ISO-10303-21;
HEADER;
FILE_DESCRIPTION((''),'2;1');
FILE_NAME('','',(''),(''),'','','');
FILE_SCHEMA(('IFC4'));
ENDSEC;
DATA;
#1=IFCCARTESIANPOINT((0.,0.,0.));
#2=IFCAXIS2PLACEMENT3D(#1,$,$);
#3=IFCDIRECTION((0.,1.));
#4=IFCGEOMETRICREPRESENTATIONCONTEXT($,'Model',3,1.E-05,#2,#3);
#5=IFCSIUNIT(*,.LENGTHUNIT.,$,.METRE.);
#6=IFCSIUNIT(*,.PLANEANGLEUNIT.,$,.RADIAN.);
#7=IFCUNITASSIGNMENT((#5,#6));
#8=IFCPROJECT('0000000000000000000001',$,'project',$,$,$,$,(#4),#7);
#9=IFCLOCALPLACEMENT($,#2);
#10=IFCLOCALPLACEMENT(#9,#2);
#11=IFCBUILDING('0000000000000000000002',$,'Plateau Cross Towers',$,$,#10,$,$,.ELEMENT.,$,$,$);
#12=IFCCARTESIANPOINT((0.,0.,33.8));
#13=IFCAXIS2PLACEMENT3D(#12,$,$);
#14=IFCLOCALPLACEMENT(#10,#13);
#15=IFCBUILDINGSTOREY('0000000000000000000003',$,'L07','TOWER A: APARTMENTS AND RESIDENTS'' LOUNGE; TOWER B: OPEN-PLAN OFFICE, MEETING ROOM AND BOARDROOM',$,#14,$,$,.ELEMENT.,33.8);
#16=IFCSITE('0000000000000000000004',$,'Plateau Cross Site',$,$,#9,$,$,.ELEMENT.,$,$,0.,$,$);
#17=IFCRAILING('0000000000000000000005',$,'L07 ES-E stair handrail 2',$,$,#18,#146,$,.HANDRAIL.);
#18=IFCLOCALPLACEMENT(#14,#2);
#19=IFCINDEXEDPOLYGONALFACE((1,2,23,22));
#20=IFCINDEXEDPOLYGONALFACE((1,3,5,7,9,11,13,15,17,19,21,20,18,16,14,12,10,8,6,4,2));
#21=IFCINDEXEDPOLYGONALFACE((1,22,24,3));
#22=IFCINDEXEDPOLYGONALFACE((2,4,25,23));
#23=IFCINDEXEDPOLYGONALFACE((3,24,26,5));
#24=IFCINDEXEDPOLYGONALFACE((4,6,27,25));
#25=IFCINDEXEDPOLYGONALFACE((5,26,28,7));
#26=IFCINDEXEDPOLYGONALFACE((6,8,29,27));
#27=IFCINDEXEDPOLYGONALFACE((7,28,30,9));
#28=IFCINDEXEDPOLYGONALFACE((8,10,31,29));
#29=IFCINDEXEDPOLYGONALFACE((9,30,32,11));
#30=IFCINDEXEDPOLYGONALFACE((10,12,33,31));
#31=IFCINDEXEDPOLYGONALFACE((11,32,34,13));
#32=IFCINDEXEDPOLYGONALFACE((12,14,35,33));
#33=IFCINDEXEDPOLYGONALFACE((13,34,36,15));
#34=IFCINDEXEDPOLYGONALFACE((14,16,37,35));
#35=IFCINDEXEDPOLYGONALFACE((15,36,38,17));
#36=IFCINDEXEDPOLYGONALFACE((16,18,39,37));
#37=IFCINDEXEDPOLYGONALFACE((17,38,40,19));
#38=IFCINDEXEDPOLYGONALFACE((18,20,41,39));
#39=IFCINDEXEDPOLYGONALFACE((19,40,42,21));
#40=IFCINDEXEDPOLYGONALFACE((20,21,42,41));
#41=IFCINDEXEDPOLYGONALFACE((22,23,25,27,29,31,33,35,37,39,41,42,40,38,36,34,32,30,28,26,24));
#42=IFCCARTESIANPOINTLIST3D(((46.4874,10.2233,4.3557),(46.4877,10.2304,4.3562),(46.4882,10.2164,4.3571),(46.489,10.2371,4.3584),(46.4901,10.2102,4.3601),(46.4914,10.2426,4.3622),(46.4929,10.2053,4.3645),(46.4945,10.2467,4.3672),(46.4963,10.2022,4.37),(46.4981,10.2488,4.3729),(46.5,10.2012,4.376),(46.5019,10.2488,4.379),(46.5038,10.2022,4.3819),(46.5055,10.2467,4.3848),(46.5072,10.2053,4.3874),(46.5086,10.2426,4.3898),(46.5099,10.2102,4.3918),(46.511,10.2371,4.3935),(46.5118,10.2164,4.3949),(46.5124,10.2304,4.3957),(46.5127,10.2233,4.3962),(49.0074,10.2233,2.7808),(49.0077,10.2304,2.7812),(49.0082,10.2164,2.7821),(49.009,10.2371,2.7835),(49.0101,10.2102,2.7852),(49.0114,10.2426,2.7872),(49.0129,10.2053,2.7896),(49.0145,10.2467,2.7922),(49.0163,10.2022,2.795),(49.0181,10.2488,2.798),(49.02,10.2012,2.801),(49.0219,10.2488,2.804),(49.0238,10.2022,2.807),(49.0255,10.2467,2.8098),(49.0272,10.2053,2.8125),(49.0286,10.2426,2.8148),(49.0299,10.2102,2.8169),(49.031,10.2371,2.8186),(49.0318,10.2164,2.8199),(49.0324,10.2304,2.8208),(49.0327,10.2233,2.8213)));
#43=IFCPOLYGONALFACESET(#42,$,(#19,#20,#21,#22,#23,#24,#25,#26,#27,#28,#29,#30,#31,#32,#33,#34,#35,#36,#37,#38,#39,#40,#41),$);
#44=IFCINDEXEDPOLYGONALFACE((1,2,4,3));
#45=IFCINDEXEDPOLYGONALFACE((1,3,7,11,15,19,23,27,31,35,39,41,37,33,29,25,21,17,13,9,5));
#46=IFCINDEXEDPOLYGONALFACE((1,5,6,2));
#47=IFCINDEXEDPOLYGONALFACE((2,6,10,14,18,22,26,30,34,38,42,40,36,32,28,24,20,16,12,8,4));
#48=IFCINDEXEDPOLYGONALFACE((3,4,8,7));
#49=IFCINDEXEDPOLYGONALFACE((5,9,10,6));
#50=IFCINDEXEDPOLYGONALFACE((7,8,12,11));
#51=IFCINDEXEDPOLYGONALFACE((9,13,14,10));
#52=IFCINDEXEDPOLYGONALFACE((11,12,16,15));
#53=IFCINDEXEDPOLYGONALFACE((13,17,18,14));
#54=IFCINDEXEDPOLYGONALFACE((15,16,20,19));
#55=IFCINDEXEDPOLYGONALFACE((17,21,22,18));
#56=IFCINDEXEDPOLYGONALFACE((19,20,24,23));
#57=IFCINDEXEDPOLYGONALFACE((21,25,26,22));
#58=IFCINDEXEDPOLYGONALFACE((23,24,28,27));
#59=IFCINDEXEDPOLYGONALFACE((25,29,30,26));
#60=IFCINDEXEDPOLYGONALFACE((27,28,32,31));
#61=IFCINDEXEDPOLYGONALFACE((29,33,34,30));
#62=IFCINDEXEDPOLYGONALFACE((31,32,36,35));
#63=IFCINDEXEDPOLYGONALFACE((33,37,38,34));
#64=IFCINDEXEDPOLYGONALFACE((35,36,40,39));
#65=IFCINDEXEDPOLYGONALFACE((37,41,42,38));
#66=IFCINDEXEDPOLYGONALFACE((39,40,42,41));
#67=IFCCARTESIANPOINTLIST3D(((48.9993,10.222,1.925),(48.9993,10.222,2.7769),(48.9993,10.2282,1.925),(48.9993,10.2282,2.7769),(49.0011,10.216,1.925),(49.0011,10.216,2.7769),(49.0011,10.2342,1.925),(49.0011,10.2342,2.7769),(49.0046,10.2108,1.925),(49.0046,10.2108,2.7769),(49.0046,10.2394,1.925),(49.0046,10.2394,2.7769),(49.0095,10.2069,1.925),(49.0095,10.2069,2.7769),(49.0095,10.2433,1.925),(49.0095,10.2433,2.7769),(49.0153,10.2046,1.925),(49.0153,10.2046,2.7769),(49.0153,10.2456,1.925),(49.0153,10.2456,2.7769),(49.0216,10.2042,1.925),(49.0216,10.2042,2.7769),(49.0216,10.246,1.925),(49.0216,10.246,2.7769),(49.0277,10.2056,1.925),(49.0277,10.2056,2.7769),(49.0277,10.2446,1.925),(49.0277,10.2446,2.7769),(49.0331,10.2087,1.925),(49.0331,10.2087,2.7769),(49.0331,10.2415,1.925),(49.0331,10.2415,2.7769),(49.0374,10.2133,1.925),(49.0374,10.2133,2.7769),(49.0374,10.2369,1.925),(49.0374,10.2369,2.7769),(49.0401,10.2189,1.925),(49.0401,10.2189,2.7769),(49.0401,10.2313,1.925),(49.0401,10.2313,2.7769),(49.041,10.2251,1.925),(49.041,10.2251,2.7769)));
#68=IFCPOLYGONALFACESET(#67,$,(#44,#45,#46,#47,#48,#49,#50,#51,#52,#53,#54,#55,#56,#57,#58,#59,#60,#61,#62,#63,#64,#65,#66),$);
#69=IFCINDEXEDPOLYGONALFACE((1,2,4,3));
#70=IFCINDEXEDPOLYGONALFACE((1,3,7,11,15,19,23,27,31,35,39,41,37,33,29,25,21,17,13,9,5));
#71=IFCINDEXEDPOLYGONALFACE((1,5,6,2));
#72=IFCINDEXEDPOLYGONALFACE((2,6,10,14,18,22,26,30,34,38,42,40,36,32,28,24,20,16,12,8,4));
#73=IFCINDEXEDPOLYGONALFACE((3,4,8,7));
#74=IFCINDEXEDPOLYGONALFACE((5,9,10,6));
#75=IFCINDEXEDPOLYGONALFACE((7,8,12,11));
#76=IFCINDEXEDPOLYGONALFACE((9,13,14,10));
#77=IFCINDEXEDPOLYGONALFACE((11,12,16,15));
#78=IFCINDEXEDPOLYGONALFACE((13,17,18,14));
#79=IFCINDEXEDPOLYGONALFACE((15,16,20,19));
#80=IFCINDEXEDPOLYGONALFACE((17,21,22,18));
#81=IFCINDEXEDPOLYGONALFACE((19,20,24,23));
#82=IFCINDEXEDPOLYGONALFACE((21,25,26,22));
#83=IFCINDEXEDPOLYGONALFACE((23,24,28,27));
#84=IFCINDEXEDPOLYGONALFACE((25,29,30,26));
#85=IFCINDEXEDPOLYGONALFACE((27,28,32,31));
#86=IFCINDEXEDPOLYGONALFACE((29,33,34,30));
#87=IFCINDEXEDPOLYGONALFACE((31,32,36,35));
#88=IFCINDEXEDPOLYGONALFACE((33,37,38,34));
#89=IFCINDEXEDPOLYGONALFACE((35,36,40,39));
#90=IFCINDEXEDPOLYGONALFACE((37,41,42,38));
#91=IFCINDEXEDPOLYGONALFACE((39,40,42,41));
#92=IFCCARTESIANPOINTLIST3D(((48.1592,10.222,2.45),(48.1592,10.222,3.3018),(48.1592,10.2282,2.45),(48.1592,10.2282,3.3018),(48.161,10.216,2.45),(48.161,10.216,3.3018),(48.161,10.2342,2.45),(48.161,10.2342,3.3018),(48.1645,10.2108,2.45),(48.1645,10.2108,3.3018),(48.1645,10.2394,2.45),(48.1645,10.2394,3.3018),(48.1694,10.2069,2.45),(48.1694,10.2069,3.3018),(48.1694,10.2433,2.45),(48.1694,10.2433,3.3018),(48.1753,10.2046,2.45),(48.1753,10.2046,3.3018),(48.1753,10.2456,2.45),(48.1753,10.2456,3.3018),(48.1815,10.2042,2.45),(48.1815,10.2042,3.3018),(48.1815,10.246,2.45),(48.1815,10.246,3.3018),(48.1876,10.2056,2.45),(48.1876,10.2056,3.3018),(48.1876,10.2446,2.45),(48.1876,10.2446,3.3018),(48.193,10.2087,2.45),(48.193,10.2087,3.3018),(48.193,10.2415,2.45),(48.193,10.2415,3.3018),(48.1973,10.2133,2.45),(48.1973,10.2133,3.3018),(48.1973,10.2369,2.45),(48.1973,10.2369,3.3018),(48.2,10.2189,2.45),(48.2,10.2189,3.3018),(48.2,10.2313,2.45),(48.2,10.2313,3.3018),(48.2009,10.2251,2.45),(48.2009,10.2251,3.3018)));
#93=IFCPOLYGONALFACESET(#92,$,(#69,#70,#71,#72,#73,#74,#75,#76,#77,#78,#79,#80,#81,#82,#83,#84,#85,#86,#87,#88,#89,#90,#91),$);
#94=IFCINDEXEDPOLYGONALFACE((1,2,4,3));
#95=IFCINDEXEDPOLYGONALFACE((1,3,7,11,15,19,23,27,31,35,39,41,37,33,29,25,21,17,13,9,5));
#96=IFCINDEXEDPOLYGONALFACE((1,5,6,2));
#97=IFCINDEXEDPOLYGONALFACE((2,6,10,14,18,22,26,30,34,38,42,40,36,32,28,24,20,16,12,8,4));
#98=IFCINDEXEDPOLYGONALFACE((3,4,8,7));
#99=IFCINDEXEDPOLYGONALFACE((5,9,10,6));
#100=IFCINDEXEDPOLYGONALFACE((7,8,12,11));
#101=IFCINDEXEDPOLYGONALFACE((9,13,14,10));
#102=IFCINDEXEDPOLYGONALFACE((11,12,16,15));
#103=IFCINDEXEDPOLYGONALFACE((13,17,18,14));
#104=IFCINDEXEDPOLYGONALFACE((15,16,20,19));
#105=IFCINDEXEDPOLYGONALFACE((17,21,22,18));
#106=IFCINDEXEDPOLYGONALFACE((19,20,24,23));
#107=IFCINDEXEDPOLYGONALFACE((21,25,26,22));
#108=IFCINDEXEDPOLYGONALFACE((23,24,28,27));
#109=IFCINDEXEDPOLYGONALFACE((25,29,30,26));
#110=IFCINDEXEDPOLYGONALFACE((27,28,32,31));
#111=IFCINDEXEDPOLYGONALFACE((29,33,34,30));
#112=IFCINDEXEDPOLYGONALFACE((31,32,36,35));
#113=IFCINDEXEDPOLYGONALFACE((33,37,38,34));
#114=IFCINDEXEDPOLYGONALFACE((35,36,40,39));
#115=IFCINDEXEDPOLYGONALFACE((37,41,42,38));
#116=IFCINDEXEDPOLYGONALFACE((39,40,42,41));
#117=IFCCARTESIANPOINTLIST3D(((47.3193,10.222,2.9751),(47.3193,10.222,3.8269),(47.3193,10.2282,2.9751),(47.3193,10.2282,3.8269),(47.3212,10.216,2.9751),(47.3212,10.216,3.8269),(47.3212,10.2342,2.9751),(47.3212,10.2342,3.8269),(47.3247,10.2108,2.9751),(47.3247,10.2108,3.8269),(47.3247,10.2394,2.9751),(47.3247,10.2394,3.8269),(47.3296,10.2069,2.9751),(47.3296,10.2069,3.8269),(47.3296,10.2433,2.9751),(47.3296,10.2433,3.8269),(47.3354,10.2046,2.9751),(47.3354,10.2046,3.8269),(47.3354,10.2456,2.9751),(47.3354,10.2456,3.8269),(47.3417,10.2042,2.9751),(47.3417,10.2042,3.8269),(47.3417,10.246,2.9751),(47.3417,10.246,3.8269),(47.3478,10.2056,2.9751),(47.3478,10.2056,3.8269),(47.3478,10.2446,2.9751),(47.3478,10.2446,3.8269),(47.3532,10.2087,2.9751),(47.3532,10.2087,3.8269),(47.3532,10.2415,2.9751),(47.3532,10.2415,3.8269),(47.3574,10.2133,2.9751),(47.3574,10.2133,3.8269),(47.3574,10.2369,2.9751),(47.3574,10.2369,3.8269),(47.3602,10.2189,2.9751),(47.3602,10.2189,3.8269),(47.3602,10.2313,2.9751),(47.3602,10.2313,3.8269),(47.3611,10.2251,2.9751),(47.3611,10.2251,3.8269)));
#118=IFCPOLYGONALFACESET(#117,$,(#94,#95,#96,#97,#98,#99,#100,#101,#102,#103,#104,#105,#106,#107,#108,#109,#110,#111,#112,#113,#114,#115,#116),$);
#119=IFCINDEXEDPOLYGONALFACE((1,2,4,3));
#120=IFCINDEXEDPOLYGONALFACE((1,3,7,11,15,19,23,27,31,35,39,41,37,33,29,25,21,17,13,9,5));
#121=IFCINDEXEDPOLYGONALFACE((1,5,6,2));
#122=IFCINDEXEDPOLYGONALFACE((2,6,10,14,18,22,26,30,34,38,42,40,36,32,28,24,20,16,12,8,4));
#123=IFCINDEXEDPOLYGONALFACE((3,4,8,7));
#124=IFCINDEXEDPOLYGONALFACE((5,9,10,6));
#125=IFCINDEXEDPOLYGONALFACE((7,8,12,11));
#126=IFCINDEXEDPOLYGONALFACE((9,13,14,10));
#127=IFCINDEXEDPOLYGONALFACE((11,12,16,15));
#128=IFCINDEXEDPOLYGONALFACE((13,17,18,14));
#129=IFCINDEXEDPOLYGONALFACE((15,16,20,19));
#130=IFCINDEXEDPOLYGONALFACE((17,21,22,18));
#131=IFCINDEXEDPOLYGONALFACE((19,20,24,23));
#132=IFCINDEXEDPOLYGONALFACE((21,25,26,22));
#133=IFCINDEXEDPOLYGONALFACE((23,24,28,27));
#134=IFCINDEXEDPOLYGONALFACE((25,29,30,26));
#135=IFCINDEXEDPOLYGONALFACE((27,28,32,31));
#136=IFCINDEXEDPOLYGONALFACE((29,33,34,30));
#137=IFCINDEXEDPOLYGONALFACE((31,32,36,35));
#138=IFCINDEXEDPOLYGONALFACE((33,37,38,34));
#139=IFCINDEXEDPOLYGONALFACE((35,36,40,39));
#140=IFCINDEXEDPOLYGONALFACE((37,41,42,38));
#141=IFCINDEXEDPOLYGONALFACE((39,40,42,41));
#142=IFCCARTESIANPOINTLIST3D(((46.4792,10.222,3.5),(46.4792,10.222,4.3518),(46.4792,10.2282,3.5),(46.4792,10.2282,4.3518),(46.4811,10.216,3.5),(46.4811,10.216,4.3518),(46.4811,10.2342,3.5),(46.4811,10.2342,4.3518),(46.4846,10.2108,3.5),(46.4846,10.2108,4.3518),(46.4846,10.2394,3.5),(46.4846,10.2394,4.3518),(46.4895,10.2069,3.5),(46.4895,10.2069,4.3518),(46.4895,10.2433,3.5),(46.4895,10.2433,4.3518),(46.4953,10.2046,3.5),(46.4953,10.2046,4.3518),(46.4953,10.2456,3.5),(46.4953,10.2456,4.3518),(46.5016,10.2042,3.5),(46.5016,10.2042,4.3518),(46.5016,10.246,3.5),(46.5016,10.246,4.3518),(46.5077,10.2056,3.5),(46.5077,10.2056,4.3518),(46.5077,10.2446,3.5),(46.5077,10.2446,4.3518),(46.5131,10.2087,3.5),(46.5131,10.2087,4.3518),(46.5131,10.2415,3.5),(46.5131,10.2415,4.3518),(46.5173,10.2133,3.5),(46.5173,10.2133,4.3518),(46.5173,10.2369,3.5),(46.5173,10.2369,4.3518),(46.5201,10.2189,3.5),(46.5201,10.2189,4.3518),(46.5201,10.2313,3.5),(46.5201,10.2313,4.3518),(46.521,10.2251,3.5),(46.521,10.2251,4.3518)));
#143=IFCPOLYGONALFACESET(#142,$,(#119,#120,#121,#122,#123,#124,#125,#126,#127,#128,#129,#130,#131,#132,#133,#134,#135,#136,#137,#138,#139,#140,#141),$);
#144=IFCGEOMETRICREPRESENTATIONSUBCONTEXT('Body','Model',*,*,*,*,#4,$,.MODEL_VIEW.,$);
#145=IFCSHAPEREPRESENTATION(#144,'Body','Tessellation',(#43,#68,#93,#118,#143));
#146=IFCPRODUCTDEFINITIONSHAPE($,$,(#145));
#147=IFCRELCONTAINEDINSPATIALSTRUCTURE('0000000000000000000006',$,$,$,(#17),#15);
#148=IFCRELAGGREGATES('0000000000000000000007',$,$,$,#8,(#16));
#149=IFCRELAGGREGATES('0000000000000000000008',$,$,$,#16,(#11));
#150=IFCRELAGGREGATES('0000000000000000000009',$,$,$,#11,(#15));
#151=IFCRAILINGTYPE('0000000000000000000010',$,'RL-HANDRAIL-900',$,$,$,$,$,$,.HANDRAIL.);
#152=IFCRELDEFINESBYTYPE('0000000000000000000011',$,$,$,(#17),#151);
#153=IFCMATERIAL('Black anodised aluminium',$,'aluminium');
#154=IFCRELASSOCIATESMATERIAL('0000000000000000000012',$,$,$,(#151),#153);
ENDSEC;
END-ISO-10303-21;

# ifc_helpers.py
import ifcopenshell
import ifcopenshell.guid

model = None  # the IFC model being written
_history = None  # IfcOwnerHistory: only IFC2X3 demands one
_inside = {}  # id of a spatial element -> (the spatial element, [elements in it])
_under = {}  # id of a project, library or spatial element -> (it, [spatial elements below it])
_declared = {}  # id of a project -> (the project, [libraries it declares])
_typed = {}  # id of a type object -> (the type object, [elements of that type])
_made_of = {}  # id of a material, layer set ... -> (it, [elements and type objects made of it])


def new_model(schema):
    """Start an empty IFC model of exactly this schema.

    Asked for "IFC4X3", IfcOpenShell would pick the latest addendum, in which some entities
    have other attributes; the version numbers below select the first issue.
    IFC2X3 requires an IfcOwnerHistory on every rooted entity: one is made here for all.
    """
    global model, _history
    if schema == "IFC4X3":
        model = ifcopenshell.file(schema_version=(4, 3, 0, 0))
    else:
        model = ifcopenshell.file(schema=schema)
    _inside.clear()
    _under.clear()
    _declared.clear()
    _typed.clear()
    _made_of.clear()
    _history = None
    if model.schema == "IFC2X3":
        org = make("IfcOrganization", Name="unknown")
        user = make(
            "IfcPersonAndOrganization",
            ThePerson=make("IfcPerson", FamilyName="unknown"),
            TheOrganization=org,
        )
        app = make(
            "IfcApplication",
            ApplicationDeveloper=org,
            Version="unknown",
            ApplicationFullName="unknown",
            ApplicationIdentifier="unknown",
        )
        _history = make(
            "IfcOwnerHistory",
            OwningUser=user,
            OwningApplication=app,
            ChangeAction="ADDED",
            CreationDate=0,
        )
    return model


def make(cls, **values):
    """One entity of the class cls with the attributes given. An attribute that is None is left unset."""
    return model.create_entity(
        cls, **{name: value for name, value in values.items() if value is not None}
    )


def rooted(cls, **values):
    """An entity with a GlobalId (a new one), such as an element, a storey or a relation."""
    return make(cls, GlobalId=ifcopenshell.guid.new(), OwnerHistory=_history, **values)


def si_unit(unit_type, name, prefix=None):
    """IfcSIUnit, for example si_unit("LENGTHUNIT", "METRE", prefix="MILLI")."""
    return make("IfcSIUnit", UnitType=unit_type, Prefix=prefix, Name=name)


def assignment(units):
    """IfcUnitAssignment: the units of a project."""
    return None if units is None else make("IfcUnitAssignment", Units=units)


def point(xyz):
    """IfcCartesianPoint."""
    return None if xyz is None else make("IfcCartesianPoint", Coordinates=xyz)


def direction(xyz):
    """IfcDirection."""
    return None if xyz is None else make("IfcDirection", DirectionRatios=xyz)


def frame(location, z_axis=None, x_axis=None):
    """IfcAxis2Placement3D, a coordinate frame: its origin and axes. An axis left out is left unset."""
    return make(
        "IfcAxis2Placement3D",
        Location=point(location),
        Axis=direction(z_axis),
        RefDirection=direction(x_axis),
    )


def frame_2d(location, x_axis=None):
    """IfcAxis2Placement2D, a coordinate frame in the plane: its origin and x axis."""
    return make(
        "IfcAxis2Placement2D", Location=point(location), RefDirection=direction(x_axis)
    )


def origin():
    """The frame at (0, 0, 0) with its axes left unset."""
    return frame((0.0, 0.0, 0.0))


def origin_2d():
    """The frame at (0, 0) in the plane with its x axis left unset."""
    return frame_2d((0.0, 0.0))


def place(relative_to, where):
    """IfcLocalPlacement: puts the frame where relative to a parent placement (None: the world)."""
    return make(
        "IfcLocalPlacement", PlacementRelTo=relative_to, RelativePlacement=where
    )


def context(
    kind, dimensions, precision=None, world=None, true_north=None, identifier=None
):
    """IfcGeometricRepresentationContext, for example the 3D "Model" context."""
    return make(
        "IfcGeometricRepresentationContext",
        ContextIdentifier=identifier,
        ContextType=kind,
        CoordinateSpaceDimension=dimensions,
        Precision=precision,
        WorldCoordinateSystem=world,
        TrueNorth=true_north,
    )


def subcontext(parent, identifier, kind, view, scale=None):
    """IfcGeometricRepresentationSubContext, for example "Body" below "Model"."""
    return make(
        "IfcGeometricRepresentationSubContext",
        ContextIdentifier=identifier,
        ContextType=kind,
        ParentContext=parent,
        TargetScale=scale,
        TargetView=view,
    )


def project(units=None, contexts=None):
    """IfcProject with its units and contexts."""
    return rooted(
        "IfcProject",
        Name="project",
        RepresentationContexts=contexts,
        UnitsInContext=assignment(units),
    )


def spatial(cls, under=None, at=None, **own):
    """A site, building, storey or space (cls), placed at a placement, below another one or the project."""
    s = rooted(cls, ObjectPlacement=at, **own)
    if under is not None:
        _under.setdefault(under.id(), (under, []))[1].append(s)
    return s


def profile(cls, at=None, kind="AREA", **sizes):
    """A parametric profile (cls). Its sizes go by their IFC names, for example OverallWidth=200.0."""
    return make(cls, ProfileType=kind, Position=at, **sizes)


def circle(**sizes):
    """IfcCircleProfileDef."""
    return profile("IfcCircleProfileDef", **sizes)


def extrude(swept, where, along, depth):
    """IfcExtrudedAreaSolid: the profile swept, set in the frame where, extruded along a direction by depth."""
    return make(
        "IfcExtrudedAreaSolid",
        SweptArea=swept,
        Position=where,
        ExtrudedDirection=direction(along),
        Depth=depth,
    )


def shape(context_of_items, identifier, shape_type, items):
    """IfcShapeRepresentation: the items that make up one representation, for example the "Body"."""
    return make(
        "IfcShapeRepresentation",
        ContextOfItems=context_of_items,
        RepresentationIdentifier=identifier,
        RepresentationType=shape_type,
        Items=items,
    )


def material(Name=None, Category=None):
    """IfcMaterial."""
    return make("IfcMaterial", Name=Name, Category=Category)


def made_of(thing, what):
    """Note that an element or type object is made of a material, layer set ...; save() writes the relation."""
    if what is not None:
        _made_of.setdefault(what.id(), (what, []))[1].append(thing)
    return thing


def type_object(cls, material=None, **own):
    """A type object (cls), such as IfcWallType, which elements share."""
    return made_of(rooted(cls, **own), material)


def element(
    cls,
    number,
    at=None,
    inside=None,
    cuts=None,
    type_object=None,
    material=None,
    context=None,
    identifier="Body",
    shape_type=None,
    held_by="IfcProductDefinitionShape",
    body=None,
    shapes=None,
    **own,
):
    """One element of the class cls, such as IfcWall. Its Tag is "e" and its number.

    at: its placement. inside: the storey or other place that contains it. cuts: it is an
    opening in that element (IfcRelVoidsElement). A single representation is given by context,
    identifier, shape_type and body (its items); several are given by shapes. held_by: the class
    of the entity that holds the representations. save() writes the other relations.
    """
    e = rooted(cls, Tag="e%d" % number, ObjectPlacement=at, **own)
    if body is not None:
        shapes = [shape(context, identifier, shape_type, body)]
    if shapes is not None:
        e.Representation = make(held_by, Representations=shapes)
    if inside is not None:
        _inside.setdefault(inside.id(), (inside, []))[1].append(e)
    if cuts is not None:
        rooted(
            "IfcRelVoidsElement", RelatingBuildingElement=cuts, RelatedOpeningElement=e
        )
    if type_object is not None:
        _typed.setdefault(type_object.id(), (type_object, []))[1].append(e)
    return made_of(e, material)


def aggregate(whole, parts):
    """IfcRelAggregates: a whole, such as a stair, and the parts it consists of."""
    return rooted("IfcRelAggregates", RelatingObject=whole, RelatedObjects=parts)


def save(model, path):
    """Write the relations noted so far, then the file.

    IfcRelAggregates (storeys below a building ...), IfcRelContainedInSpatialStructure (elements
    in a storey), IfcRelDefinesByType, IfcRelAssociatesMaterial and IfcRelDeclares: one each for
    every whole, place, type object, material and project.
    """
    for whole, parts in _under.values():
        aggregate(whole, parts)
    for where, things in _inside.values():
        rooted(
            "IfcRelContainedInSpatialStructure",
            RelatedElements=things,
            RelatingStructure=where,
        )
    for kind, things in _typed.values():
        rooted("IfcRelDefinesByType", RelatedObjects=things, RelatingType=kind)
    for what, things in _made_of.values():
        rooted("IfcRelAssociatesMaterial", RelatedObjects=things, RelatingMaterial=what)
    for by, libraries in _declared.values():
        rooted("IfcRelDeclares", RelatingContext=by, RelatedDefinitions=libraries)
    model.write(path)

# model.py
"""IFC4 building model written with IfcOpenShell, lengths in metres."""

from ifc_helpers import new_model, si_unit, direction, frame, origin, origin_2d, place, context, subcontext, project, spatial, circle, extrude, material, type_object, element, save


model = new_model("IFC4")

# Units and contexts
model_context = context("Model", 3, precision=1e-05, world=origin(), true_north=direction((0.0, 1.0)))
body_context = subcontext(model_context, "Body", "Model", "MODEL_VIEW")
ifc_project = project(units=[si_unit("LENGTHUNIT", "METRE"), si_unit("PLANEANGLEUNIT", "RADIAN")], contexts=[model_context])

# Site, building, storey
site_placement = place(None, origin())
site = spatial("IfcSite", under=ifc_project, at=site_placement, Name="Plateau Cross Site", CompositionType="ELEMENT", RefElevation=0.0)
building_placement = place(site_placement, origin())
building = spatial("IfcBuilding", under=site, at=building_placement, Name="Plateau Cross Towers", CompositionType="ELEMENT")
storey_placement = place(building_placement, frame((0.0, 0.0, 33.8)))
storey = spatial("IfcBuildingStorey", under=building, at=storey_placement, Name="L07", Description="TOWER A: APARTMENTS AND RESIDENTS' LOUNGE; TOWER B: OPEN-PLAN OFFICE, MEETING ROOM AND BOARDROOM", CompositionType="ELEMENT", Elevation=33.8)

# Shared definitions
ifc_material_1 = material(Name="Black anodised aluminium", Category="aluminium")

# Railing
railing_type_1 = type_object("IfcRailingType", Name="RL-HANDRAIL-900", PredefinedType="HANDRAIL", material=ifc_material_1)
railing_1_placement = place(storey_placement, frame((49.02, 10.2251, 1.925)))
element("IfcRailing", 1, at=railing_1_placement, inside=storey, type_object=railing_type_1, Name="L07 ES-E stair handrail 2", PredefinedType="HANDRAIL", context=body_context, shape_type="SweptSolid", body=[
    extrude(circle(Radius=0.0239, at=origin_2d()), frame((0.0, 0.0, 0.876), z_axis=(-0.848008, 0.0, 0.529984), x_axis=(0.0, -1.0, 0.0)), (0.0, 0.0, 1.0), 2.9717),
    extrude(circle(Radius=0.021, at=origin_2d()), origin(), (0.0, 0.0, 1.0), 0.8518),
    extrude(circle(Radius=0.021, at=origin_2d()), frame((-0.8401, 0.0, 0.5249)), (0.0, 0.0, 1.0), 0.8518),
    extrude(circle(Radius=0.021, at=origin_2d()), frame((-1.6799, 0.0, 1.05)), (0.0, 0.0, 1.0), 0.8518),
    extrude(circle(Radius=0.021, at=origin_2d()), frame((-2.52, 0.0, 1.575)), (0.0, 0.0, 1.0), 0.8518),
])

save(model, "model.ifc")
